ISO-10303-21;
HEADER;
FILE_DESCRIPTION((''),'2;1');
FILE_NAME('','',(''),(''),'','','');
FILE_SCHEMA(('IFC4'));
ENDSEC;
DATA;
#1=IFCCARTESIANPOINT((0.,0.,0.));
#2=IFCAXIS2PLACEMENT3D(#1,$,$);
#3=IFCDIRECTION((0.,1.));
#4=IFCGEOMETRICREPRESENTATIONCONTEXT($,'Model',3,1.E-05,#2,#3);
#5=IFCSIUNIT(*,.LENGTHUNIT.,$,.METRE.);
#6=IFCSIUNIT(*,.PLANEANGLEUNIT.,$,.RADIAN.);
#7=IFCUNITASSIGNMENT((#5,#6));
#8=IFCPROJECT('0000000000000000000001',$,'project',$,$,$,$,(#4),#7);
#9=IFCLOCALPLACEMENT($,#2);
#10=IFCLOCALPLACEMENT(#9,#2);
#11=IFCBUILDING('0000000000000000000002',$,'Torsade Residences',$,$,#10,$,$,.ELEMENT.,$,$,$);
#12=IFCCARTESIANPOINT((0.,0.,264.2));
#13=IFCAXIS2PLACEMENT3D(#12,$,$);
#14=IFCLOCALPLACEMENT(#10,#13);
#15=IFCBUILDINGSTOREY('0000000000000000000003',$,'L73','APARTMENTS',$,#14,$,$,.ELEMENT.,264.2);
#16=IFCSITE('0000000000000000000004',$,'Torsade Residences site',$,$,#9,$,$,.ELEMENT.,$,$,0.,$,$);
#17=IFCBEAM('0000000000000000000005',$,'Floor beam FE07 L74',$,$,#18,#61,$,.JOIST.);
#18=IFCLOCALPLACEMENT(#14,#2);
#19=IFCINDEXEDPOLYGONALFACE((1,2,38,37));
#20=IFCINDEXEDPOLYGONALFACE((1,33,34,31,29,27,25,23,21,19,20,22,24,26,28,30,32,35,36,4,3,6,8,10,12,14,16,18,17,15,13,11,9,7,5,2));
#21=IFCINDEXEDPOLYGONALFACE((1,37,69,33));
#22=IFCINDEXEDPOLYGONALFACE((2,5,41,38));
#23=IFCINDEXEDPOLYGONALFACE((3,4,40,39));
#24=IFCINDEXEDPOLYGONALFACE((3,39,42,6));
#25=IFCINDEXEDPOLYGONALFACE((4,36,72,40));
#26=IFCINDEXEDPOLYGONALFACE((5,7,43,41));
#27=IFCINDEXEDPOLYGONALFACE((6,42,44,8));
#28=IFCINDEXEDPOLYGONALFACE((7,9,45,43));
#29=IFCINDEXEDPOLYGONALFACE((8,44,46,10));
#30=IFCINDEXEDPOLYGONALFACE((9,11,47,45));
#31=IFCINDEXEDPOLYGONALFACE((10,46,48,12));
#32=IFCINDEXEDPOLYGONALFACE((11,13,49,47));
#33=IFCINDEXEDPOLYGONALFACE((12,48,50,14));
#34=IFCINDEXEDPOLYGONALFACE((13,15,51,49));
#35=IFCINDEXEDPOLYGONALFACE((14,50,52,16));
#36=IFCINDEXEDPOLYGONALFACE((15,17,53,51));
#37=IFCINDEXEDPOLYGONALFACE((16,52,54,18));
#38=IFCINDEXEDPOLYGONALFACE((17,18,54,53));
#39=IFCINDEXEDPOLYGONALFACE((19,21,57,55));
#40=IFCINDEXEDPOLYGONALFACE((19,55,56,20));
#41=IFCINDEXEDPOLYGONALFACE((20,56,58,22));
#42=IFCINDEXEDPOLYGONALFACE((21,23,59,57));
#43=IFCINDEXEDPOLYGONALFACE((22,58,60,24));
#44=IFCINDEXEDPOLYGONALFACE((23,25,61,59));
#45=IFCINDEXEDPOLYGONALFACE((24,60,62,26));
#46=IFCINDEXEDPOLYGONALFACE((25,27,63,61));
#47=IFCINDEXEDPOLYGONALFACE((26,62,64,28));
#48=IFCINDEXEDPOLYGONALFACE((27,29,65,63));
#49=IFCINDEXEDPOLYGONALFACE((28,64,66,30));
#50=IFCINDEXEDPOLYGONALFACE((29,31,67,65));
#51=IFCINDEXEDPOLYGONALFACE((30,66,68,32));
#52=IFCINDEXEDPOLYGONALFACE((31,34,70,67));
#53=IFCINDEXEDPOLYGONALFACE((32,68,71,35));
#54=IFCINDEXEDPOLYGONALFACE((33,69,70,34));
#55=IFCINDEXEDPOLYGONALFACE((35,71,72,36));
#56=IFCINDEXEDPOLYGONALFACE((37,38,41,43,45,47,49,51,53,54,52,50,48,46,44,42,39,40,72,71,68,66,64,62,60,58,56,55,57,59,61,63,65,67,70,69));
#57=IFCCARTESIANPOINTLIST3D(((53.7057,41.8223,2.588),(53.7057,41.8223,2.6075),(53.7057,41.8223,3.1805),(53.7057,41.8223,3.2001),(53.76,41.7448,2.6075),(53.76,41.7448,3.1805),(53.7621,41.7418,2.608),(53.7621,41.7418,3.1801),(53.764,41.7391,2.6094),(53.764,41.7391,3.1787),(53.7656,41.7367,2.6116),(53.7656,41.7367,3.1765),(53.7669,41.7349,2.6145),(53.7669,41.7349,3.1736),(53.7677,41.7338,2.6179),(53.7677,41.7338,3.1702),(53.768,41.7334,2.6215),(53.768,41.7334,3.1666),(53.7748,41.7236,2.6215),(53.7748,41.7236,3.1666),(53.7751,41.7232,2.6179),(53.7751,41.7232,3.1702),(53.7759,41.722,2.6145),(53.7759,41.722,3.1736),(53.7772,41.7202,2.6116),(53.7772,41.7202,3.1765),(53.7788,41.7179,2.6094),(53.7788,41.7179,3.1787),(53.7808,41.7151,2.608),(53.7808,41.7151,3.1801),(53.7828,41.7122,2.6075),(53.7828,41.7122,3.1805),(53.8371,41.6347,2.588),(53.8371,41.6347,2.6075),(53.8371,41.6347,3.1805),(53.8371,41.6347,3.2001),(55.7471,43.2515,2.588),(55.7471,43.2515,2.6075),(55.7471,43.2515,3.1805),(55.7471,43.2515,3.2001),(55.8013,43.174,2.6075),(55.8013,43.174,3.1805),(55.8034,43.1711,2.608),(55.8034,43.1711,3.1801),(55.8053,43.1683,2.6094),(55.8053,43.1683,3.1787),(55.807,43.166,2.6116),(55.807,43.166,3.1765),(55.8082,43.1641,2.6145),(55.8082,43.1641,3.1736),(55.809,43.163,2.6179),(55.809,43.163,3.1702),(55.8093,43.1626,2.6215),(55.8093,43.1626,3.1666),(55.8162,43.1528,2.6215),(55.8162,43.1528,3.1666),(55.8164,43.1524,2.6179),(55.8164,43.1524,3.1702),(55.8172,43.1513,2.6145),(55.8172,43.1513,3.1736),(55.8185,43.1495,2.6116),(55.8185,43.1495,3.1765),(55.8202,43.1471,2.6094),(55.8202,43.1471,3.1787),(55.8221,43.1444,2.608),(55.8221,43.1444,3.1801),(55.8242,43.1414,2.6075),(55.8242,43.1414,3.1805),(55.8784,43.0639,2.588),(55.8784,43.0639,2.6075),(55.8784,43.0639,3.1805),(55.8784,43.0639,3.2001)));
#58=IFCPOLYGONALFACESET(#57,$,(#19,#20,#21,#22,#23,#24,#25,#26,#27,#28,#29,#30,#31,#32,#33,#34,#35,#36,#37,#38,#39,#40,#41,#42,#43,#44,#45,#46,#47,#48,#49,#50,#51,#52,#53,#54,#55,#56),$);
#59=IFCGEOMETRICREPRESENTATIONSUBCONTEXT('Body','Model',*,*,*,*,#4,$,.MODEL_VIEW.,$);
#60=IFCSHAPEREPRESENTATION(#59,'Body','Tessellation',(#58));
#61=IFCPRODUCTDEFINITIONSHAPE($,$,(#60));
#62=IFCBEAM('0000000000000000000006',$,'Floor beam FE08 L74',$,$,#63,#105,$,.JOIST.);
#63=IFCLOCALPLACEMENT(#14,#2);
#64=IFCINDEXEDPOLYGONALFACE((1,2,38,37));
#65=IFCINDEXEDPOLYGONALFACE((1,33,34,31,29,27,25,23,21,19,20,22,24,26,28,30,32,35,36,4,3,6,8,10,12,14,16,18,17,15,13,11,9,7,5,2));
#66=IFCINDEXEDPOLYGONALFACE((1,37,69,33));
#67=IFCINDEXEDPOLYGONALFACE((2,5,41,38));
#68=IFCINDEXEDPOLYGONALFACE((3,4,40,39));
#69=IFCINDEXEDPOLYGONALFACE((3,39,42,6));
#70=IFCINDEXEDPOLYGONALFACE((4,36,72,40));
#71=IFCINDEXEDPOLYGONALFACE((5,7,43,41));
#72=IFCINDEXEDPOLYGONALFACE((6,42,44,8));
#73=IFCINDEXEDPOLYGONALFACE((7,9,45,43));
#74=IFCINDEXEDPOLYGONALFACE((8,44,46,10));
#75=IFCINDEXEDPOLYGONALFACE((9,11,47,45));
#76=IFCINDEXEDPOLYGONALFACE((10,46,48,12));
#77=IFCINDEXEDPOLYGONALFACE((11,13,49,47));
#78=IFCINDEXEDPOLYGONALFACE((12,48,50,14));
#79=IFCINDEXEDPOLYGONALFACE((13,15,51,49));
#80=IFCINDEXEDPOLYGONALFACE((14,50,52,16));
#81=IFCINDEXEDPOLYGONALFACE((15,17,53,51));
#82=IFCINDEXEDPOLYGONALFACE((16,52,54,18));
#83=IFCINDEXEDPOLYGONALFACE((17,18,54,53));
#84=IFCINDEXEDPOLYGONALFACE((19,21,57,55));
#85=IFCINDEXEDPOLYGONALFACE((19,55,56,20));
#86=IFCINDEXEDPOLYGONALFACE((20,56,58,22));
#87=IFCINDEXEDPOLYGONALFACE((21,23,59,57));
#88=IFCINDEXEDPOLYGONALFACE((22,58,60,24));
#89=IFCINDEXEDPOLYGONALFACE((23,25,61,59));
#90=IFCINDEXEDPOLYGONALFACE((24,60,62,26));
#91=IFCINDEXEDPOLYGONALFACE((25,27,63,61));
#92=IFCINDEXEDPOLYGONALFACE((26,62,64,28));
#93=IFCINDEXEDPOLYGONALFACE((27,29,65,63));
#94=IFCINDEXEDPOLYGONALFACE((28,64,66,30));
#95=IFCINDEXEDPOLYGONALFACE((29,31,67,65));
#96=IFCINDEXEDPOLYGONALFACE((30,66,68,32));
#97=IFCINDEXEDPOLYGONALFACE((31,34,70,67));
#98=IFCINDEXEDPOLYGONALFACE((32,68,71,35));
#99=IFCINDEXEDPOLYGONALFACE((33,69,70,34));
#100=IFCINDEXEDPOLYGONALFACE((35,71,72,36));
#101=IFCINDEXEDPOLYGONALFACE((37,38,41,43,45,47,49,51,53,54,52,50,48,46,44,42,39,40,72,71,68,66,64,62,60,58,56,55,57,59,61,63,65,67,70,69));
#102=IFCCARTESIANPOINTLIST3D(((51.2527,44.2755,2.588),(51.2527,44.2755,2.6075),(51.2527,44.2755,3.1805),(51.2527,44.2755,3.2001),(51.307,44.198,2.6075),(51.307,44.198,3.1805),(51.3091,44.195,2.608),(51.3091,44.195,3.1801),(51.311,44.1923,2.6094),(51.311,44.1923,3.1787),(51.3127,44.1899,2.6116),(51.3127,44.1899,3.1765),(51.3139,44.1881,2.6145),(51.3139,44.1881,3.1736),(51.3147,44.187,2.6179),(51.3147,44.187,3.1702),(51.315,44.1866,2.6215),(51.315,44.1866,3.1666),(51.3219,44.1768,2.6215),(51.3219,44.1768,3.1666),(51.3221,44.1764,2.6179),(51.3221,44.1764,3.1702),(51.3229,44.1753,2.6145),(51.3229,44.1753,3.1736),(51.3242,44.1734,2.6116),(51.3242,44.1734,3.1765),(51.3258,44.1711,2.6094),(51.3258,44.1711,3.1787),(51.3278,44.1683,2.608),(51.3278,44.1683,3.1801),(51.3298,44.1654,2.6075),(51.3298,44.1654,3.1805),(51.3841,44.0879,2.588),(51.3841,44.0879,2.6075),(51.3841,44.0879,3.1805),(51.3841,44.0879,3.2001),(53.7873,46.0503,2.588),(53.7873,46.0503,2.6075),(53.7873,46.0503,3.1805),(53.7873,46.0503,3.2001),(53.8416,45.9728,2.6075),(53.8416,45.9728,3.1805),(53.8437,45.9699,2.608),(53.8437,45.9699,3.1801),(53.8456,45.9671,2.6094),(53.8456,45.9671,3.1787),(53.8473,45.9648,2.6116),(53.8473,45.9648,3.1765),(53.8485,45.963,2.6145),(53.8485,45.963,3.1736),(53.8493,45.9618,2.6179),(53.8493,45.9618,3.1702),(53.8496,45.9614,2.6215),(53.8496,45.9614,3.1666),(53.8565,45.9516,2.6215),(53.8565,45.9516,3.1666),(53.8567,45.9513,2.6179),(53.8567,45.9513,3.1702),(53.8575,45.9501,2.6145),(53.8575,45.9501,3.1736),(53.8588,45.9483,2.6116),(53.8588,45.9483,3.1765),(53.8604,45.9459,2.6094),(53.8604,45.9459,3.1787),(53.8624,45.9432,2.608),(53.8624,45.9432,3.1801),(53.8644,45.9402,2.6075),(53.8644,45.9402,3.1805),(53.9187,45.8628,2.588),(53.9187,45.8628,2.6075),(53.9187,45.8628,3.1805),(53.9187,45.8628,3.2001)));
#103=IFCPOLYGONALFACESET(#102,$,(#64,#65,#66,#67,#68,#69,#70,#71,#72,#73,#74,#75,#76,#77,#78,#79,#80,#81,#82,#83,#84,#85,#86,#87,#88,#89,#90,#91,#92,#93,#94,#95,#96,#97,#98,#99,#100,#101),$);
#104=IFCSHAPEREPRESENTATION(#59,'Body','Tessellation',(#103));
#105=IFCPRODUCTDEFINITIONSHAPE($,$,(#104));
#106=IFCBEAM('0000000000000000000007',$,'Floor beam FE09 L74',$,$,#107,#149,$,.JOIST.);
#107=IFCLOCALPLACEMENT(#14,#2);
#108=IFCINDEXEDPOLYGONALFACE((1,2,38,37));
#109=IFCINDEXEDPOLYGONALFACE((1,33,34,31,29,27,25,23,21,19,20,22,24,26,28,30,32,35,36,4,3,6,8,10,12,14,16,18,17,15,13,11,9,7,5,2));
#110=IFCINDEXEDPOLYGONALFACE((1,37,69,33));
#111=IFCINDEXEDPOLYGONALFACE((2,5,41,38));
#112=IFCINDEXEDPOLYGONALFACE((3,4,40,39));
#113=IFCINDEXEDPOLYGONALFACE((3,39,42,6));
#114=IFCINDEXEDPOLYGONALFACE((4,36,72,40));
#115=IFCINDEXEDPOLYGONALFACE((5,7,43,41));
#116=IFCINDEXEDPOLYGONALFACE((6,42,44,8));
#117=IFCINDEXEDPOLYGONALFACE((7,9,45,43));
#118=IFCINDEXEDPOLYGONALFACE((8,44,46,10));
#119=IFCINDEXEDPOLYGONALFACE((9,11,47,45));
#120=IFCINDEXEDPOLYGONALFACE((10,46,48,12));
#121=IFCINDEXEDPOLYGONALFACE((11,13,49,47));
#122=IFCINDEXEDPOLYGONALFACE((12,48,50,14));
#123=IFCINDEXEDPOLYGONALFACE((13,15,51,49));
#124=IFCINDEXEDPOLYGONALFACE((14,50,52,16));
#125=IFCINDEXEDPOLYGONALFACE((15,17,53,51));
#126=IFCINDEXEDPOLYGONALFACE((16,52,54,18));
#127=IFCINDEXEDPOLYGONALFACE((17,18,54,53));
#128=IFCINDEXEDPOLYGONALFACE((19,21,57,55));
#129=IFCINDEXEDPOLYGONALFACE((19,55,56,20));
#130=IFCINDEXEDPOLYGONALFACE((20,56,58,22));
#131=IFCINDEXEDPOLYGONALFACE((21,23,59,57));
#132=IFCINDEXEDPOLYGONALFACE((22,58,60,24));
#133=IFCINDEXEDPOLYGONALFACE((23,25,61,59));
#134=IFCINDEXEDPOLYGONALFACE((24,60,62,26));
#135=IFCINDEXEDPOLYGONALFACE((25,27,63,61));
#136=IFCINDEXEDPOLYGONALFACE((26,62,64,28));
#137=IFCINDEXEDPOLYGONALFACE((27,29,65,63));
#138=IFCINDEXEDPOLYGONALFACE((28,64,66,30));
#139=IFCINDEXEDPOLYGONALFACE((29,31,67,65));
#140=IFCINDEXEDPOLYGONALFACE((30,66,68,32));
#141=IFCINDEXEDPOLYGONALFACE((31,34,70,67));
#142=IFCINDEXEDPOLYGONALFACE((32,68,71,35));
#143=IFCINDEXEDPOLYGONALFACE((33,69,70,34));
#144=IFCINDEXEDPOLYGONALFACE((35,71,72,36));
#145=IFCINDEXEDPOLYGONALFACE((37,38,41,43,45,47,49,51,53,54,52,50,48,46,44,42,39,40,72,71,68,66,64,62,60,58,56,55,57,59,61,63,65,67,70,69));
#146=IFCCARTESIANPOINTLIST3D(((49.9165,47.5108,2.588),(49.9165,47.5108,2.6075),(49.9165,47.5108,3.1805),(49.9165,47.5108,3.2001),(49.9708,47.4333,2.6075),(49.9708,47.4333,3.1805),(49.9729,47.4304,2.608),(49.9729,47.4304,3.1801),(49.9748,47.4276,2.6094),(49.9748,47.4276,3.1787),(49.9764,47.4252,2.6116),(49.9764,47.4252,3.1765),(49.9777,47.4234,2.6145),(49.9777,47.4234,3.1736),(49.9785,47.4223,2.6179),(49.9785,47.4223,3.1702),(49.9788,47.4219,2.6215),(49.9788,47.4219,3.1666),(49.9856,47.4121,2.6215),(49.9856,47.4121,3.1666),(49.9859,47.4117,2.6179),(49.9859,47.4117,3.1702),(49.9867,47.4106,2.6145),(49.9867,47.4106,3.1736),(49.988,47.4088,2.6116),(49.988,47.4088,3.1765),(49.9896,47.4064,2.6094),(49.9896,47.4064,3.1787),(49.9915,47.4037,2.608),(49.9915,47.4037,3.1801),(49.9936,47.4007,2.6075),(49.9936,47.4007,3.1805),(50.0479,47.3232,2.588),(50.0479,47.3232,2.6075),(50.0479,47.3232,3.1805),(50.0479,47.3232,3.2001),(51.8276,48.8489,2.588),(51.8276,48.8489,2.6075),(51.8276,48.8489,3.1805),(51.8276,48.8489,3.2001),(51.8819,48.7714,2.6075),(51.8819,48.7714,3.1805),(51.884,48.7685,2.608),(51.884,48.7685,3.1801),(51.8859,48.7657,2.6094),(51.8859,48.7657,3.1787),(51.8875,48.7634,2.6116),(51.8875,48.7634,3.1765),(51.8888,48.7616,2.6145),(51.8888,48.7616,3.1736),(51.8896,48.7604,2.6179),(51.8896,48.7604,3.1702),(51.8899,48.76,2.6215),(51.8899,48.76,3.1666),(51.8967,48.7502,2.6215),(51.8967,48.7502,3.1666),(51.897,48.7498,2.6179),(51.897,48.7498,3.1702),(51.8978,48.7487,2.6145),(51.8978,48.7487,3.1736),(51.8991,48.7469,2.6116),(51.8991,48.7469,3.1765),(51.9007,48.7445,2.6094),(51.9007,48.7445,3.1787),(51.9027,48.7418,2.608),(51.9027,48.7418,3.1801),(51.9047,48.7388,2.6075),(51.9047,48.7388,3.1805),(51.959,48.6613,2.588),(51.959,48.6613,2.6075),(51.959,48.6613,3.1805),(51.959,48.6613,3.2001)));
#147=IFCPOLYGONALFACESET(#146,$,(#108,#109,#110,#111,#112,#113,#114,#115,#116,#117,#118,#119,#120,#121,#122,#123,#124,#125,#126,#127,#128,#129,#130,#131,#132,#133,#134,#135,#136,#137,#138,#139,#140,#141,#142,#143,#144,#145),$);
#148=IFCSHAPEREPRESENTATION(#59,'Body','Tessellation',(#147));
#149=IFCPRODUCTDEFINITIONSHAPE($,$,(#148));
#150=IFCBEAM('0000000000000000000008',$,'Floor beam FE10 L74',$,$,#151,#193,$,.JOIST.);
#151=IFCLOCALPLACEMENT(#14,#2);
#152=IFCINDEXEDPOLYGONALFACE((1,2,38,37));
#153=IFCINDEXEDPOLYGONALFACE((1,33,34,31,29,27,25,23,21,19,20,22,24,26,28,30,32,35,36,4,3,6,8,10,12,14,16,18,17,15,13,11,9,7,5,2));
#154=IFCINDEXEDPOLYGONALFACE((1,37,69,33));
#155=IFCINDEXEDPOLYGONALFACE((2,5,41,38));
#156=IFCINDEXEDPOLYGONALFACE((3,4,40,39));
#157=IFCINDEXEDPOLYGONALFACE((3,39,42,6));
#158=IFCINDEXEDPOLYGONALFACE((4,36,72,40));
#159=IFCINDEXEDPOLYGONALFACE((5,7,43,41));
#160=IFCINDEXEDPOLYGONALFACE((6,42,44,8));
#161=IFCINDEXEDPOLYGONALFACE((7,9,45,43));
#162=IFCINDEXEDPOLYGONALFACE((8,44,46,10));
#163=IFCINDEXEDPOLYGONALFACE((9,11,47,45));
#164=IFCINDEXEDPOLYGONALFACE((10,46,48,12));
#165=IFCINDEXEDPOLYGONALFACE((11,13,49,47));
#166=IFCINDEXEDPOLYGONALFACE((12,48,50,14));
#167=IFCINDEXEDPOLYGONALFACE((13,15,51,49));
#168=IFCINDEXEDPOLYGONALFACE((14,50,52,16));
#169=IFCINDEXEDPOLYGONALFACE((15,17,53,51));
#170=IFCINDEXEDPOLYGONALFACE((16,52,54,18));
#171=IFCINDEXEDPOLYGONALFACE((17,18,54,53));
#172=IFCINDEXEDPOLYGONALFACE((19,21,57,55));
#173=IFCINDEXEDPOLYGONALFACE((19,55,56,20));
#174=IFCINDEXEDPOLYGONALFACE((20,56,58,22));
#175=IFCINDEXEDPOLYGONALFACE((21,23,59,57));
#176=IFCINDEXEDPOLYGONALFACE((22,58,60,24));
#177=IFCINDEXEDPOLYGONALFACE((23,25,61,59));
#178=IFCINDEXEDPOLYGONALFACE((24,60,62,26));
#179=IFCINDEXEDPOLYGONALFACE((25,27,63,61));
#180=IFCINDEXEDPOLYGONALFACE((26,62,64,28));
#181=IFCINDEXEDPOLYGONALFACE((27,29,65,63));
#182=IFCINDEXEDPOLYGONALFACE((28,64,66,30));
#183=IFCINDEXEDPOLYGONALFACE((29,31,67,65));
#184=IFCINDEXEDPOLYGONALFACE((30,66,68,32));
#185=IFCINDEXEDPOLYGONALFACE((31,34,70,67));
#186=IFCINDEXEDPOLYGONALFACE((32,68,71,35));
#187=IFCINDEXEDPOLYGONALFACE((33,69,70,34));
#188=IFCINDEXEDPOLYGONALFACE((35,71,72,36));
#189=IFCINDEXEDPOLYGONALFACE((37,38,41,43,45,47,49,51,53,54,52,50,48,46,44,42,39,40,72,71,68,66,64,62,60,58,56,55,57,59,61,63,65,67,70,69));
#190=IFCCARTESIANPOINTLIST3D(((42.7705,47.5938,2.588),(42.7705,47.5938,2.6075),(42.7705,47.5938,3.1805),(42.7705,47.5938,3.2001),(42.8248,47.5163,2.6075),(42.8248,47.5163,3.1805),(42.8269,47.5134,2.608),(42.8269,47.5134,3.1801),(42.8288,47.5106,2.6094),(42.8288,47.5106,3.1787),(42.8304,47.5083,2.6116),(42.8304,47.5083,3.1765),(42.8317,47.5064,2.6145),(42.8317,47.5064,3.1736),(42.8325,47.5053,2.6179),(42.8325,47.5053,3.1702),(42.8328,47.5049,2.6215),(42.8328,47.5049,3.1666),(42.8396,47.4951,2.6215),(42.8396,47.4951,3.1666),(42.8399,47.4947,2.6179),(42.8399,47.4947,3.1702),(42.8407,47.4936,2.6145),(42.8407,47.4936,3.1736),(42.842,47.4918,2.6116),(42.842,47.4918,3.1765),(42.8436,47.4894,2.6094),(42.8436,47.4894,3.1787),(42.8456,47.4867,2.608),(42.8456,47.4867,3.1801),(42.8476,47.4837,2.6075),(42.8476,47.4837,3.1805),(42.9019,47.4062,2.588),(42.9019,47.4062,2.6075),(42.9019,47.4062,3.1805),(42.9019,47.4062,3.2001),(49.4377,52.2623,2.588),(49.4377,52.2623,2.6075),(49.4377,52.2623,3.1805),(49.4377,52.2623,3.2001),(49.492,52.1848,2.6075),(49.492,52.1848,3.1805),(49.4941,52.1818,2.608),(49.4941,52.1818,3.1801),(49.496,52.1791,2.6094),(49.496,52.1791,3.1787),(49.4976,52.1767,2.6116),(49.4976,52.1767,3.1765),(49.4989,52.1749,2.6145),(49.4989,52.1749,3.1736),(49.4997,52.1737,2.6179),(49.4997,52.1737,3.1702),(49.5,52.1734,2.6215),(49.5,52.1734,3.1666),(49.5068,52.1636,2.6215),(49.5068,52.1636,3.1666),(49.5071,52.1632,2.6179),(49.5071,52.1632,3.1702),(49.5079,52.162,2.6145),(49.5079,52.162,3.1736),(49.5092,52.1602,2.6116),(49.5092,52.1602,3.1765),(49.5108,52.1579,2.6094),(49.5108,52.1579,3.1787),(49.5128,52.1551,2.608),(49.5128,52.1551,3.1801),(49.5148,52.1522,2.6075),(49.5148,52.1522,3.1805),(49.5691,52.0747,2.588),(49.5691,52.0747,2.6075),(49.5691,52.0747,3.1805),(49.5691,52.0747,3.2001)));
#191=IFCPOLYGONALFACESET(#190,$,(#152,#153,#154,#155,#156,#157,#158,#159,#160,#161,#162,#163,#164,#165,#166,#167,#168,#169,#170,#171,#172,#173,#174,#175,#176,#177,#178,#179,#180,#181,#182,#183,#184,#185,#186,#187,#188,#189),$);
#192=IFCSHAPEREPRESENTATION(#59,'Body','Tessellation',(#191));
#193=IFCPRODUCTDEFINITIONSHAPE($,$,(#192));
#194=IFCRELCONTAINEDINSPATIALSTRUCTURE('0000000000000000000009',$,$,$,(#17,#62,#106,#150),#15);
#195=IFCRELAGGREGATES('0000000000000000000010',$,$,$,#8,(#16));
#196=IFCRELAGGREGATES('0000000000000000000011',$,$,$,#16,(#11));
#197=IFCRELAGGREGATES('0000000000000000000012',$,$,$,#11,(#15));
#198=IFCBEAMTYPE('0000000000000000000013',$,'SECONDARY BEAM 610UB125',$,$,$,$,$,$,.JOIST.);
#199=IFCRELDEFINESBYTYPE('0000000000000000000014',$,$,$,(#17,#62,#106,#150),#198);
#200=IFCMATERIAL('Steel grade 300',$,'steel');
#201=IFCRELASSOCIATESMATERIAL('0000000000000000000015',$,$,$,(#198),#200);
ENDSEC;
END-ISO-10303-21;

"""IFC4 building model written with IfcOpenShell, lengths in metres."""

from ifc_helpers import new_model, si_unit, direction, frame, origin, origin_2d, place, context, subcontext, project, spatial, i_section, extrude, material, material_profile, profile_set, type_object, element, save


model = new_model("IFC4")

# Units and contexts
model_context = context("Model", 3, precision=1e-05, world=origin(), true_north=direction((0.0, 1.0)))
body_context = subcontext(model_context, "Body", "Model", "MODEL_VIEW")
ifc_project = project(units=[si_unit("LENGTHUNIT", "METRE"), si_unit("PLANEANGLEUNIT", "RADIAN")], contexts=[model_context])

# Site, building, storey
site_placement = place(None, origin())
site = spatial("IfcSite", under=ifc_project, at=site_placement, Name="Torsade Residences site", CompositionType="ELEMENT", RefElevation=0.0)
building_placement = place(site_placement, origin())
building = spatial("IfcBuilding", under=site, at=building_placement, Name="Torsade Residences", CompositionType="ELEMENT")
storey_placement = place(building_placement, frame((0.0, 0.0, 264.2)))
storey = spatial("IfcBuildingStorey", under=building, at=storey_placement, Name="L73", Description="APARTMENTS", CompositionType="ELEMENT", Elevation=264.2)

# Beams
ifc_material_1 = material(Name="Steel grade 300", Category="steel")
ifc_material_profile_1 = material_profile(ifc_material_1, i_section(OverallWidth=0.229, OverallDepth=0.6121, WebThickness=0.012, FlangeThickness=0.0195, FilletRadius=0.0139, at=origin_2d()), Name="610UB125")
ifc_profile_set_1 = profile_set([ifc_material_profile_1], Name="Steel grade 300")
beam_type_1 = type_object("IfcBeamType", Name="SECONDARY BEAM 610UB125", PredefinedType="JOIST", material=ifc_profile_set_1)
beam_1_placement = place(storey_placement, frame((55.8127, 43.1577, 2.894), z_axis=(-0.819172, -0.573548, 0.0), x_axis=(0.573548, -0.819172, 0.0)))
element("IfcBeam", 1, at=beam_1_placement, inside=storey, type_object=beam_type_1, Name="Floor beam FE07 L74", PredefinedType="JOIST", context=body_context, shape_type="SweptSolid", body=[
    extrude(i_section(OverallWidth=0.229, OverallDepth=0.6121, WebThickness=0.012, FlangeThickness=0.0195, FilletRadius=0.0139, at=origin_2d()), origin(), (0.0, 0.0, 1.0), 2.4919),
])
beam_2_placement = place(storey_placement, frame((53.853, 45.9565, 2.894), z_axis=(-0.819136, -0.5736, 0.0), x_axis=(0.5736, -0.819136, 0.0)))
element("IfcBeam", 2, at=beam_2_placement, inside=storey, type_object=beam_type_1, Name="Floor beam FE08 L74", PredefinedType="JOIST", context=body_context, shape_type="SweptSolid", body=[
    extrude(i_section(OverallWidth=0.229, OverallDepth=0.6121, WebThickness=0.012, FlangeThickness=0.0195, FilletRadius=0.0139, at=origin_2d()), origin(), (0.0, 0.0, 1.0), 3.0942),
])
beam_3_placement = place(storey_placement, frame((51.8933, 48.7551, 2.894), z_axis=(-0.819163, -0.573561, 0.0), x_axis=(0.573561, -0.819163, 0.0)))
element("IfcBeam", 3, at=beam_3_placement, inside=storey, type_object=beam_type_1, Name="Floor beam FE09 L74", PredefinedType="JOIST", context=body_context, shape_type="SweptSolid", body=[
    extrude(i_section(OverallWidth=0.229, OverallDepth=0.6121, WebThickness=0.012, FlangeThickness=0.0195, FilletRadius=0.0139, at=origin_2d()), origin(), (0.0, 0.0, 1.0), 2.333),
])
beam_4_placement = place(storey_placement, frame((49.5034, 52.1685, 2.894), z_axis=(-0.819152, -0.573577, 0.0), x_axis=(0.573577, -0.819152, 0.0)))
element("IfcBeam", 4, at=beam_4_placement, inside=storey, type_object=beam_type_1, Name="Floor beam FE10 L74", PredefinedType="JOIST", context=body_context, shape_type="SweptSolid", body=[
    extrude(i_section(OverallWidth=0.229, OverallDepth=0.6121, WebThickness=0.012, FlangeThickness=0.0195, FilletRadius=0.0139, at=origin_2d()), origin(), (0.0, 0.0, 1.0), 8.1392),
])

save(model, "model.ifc")
